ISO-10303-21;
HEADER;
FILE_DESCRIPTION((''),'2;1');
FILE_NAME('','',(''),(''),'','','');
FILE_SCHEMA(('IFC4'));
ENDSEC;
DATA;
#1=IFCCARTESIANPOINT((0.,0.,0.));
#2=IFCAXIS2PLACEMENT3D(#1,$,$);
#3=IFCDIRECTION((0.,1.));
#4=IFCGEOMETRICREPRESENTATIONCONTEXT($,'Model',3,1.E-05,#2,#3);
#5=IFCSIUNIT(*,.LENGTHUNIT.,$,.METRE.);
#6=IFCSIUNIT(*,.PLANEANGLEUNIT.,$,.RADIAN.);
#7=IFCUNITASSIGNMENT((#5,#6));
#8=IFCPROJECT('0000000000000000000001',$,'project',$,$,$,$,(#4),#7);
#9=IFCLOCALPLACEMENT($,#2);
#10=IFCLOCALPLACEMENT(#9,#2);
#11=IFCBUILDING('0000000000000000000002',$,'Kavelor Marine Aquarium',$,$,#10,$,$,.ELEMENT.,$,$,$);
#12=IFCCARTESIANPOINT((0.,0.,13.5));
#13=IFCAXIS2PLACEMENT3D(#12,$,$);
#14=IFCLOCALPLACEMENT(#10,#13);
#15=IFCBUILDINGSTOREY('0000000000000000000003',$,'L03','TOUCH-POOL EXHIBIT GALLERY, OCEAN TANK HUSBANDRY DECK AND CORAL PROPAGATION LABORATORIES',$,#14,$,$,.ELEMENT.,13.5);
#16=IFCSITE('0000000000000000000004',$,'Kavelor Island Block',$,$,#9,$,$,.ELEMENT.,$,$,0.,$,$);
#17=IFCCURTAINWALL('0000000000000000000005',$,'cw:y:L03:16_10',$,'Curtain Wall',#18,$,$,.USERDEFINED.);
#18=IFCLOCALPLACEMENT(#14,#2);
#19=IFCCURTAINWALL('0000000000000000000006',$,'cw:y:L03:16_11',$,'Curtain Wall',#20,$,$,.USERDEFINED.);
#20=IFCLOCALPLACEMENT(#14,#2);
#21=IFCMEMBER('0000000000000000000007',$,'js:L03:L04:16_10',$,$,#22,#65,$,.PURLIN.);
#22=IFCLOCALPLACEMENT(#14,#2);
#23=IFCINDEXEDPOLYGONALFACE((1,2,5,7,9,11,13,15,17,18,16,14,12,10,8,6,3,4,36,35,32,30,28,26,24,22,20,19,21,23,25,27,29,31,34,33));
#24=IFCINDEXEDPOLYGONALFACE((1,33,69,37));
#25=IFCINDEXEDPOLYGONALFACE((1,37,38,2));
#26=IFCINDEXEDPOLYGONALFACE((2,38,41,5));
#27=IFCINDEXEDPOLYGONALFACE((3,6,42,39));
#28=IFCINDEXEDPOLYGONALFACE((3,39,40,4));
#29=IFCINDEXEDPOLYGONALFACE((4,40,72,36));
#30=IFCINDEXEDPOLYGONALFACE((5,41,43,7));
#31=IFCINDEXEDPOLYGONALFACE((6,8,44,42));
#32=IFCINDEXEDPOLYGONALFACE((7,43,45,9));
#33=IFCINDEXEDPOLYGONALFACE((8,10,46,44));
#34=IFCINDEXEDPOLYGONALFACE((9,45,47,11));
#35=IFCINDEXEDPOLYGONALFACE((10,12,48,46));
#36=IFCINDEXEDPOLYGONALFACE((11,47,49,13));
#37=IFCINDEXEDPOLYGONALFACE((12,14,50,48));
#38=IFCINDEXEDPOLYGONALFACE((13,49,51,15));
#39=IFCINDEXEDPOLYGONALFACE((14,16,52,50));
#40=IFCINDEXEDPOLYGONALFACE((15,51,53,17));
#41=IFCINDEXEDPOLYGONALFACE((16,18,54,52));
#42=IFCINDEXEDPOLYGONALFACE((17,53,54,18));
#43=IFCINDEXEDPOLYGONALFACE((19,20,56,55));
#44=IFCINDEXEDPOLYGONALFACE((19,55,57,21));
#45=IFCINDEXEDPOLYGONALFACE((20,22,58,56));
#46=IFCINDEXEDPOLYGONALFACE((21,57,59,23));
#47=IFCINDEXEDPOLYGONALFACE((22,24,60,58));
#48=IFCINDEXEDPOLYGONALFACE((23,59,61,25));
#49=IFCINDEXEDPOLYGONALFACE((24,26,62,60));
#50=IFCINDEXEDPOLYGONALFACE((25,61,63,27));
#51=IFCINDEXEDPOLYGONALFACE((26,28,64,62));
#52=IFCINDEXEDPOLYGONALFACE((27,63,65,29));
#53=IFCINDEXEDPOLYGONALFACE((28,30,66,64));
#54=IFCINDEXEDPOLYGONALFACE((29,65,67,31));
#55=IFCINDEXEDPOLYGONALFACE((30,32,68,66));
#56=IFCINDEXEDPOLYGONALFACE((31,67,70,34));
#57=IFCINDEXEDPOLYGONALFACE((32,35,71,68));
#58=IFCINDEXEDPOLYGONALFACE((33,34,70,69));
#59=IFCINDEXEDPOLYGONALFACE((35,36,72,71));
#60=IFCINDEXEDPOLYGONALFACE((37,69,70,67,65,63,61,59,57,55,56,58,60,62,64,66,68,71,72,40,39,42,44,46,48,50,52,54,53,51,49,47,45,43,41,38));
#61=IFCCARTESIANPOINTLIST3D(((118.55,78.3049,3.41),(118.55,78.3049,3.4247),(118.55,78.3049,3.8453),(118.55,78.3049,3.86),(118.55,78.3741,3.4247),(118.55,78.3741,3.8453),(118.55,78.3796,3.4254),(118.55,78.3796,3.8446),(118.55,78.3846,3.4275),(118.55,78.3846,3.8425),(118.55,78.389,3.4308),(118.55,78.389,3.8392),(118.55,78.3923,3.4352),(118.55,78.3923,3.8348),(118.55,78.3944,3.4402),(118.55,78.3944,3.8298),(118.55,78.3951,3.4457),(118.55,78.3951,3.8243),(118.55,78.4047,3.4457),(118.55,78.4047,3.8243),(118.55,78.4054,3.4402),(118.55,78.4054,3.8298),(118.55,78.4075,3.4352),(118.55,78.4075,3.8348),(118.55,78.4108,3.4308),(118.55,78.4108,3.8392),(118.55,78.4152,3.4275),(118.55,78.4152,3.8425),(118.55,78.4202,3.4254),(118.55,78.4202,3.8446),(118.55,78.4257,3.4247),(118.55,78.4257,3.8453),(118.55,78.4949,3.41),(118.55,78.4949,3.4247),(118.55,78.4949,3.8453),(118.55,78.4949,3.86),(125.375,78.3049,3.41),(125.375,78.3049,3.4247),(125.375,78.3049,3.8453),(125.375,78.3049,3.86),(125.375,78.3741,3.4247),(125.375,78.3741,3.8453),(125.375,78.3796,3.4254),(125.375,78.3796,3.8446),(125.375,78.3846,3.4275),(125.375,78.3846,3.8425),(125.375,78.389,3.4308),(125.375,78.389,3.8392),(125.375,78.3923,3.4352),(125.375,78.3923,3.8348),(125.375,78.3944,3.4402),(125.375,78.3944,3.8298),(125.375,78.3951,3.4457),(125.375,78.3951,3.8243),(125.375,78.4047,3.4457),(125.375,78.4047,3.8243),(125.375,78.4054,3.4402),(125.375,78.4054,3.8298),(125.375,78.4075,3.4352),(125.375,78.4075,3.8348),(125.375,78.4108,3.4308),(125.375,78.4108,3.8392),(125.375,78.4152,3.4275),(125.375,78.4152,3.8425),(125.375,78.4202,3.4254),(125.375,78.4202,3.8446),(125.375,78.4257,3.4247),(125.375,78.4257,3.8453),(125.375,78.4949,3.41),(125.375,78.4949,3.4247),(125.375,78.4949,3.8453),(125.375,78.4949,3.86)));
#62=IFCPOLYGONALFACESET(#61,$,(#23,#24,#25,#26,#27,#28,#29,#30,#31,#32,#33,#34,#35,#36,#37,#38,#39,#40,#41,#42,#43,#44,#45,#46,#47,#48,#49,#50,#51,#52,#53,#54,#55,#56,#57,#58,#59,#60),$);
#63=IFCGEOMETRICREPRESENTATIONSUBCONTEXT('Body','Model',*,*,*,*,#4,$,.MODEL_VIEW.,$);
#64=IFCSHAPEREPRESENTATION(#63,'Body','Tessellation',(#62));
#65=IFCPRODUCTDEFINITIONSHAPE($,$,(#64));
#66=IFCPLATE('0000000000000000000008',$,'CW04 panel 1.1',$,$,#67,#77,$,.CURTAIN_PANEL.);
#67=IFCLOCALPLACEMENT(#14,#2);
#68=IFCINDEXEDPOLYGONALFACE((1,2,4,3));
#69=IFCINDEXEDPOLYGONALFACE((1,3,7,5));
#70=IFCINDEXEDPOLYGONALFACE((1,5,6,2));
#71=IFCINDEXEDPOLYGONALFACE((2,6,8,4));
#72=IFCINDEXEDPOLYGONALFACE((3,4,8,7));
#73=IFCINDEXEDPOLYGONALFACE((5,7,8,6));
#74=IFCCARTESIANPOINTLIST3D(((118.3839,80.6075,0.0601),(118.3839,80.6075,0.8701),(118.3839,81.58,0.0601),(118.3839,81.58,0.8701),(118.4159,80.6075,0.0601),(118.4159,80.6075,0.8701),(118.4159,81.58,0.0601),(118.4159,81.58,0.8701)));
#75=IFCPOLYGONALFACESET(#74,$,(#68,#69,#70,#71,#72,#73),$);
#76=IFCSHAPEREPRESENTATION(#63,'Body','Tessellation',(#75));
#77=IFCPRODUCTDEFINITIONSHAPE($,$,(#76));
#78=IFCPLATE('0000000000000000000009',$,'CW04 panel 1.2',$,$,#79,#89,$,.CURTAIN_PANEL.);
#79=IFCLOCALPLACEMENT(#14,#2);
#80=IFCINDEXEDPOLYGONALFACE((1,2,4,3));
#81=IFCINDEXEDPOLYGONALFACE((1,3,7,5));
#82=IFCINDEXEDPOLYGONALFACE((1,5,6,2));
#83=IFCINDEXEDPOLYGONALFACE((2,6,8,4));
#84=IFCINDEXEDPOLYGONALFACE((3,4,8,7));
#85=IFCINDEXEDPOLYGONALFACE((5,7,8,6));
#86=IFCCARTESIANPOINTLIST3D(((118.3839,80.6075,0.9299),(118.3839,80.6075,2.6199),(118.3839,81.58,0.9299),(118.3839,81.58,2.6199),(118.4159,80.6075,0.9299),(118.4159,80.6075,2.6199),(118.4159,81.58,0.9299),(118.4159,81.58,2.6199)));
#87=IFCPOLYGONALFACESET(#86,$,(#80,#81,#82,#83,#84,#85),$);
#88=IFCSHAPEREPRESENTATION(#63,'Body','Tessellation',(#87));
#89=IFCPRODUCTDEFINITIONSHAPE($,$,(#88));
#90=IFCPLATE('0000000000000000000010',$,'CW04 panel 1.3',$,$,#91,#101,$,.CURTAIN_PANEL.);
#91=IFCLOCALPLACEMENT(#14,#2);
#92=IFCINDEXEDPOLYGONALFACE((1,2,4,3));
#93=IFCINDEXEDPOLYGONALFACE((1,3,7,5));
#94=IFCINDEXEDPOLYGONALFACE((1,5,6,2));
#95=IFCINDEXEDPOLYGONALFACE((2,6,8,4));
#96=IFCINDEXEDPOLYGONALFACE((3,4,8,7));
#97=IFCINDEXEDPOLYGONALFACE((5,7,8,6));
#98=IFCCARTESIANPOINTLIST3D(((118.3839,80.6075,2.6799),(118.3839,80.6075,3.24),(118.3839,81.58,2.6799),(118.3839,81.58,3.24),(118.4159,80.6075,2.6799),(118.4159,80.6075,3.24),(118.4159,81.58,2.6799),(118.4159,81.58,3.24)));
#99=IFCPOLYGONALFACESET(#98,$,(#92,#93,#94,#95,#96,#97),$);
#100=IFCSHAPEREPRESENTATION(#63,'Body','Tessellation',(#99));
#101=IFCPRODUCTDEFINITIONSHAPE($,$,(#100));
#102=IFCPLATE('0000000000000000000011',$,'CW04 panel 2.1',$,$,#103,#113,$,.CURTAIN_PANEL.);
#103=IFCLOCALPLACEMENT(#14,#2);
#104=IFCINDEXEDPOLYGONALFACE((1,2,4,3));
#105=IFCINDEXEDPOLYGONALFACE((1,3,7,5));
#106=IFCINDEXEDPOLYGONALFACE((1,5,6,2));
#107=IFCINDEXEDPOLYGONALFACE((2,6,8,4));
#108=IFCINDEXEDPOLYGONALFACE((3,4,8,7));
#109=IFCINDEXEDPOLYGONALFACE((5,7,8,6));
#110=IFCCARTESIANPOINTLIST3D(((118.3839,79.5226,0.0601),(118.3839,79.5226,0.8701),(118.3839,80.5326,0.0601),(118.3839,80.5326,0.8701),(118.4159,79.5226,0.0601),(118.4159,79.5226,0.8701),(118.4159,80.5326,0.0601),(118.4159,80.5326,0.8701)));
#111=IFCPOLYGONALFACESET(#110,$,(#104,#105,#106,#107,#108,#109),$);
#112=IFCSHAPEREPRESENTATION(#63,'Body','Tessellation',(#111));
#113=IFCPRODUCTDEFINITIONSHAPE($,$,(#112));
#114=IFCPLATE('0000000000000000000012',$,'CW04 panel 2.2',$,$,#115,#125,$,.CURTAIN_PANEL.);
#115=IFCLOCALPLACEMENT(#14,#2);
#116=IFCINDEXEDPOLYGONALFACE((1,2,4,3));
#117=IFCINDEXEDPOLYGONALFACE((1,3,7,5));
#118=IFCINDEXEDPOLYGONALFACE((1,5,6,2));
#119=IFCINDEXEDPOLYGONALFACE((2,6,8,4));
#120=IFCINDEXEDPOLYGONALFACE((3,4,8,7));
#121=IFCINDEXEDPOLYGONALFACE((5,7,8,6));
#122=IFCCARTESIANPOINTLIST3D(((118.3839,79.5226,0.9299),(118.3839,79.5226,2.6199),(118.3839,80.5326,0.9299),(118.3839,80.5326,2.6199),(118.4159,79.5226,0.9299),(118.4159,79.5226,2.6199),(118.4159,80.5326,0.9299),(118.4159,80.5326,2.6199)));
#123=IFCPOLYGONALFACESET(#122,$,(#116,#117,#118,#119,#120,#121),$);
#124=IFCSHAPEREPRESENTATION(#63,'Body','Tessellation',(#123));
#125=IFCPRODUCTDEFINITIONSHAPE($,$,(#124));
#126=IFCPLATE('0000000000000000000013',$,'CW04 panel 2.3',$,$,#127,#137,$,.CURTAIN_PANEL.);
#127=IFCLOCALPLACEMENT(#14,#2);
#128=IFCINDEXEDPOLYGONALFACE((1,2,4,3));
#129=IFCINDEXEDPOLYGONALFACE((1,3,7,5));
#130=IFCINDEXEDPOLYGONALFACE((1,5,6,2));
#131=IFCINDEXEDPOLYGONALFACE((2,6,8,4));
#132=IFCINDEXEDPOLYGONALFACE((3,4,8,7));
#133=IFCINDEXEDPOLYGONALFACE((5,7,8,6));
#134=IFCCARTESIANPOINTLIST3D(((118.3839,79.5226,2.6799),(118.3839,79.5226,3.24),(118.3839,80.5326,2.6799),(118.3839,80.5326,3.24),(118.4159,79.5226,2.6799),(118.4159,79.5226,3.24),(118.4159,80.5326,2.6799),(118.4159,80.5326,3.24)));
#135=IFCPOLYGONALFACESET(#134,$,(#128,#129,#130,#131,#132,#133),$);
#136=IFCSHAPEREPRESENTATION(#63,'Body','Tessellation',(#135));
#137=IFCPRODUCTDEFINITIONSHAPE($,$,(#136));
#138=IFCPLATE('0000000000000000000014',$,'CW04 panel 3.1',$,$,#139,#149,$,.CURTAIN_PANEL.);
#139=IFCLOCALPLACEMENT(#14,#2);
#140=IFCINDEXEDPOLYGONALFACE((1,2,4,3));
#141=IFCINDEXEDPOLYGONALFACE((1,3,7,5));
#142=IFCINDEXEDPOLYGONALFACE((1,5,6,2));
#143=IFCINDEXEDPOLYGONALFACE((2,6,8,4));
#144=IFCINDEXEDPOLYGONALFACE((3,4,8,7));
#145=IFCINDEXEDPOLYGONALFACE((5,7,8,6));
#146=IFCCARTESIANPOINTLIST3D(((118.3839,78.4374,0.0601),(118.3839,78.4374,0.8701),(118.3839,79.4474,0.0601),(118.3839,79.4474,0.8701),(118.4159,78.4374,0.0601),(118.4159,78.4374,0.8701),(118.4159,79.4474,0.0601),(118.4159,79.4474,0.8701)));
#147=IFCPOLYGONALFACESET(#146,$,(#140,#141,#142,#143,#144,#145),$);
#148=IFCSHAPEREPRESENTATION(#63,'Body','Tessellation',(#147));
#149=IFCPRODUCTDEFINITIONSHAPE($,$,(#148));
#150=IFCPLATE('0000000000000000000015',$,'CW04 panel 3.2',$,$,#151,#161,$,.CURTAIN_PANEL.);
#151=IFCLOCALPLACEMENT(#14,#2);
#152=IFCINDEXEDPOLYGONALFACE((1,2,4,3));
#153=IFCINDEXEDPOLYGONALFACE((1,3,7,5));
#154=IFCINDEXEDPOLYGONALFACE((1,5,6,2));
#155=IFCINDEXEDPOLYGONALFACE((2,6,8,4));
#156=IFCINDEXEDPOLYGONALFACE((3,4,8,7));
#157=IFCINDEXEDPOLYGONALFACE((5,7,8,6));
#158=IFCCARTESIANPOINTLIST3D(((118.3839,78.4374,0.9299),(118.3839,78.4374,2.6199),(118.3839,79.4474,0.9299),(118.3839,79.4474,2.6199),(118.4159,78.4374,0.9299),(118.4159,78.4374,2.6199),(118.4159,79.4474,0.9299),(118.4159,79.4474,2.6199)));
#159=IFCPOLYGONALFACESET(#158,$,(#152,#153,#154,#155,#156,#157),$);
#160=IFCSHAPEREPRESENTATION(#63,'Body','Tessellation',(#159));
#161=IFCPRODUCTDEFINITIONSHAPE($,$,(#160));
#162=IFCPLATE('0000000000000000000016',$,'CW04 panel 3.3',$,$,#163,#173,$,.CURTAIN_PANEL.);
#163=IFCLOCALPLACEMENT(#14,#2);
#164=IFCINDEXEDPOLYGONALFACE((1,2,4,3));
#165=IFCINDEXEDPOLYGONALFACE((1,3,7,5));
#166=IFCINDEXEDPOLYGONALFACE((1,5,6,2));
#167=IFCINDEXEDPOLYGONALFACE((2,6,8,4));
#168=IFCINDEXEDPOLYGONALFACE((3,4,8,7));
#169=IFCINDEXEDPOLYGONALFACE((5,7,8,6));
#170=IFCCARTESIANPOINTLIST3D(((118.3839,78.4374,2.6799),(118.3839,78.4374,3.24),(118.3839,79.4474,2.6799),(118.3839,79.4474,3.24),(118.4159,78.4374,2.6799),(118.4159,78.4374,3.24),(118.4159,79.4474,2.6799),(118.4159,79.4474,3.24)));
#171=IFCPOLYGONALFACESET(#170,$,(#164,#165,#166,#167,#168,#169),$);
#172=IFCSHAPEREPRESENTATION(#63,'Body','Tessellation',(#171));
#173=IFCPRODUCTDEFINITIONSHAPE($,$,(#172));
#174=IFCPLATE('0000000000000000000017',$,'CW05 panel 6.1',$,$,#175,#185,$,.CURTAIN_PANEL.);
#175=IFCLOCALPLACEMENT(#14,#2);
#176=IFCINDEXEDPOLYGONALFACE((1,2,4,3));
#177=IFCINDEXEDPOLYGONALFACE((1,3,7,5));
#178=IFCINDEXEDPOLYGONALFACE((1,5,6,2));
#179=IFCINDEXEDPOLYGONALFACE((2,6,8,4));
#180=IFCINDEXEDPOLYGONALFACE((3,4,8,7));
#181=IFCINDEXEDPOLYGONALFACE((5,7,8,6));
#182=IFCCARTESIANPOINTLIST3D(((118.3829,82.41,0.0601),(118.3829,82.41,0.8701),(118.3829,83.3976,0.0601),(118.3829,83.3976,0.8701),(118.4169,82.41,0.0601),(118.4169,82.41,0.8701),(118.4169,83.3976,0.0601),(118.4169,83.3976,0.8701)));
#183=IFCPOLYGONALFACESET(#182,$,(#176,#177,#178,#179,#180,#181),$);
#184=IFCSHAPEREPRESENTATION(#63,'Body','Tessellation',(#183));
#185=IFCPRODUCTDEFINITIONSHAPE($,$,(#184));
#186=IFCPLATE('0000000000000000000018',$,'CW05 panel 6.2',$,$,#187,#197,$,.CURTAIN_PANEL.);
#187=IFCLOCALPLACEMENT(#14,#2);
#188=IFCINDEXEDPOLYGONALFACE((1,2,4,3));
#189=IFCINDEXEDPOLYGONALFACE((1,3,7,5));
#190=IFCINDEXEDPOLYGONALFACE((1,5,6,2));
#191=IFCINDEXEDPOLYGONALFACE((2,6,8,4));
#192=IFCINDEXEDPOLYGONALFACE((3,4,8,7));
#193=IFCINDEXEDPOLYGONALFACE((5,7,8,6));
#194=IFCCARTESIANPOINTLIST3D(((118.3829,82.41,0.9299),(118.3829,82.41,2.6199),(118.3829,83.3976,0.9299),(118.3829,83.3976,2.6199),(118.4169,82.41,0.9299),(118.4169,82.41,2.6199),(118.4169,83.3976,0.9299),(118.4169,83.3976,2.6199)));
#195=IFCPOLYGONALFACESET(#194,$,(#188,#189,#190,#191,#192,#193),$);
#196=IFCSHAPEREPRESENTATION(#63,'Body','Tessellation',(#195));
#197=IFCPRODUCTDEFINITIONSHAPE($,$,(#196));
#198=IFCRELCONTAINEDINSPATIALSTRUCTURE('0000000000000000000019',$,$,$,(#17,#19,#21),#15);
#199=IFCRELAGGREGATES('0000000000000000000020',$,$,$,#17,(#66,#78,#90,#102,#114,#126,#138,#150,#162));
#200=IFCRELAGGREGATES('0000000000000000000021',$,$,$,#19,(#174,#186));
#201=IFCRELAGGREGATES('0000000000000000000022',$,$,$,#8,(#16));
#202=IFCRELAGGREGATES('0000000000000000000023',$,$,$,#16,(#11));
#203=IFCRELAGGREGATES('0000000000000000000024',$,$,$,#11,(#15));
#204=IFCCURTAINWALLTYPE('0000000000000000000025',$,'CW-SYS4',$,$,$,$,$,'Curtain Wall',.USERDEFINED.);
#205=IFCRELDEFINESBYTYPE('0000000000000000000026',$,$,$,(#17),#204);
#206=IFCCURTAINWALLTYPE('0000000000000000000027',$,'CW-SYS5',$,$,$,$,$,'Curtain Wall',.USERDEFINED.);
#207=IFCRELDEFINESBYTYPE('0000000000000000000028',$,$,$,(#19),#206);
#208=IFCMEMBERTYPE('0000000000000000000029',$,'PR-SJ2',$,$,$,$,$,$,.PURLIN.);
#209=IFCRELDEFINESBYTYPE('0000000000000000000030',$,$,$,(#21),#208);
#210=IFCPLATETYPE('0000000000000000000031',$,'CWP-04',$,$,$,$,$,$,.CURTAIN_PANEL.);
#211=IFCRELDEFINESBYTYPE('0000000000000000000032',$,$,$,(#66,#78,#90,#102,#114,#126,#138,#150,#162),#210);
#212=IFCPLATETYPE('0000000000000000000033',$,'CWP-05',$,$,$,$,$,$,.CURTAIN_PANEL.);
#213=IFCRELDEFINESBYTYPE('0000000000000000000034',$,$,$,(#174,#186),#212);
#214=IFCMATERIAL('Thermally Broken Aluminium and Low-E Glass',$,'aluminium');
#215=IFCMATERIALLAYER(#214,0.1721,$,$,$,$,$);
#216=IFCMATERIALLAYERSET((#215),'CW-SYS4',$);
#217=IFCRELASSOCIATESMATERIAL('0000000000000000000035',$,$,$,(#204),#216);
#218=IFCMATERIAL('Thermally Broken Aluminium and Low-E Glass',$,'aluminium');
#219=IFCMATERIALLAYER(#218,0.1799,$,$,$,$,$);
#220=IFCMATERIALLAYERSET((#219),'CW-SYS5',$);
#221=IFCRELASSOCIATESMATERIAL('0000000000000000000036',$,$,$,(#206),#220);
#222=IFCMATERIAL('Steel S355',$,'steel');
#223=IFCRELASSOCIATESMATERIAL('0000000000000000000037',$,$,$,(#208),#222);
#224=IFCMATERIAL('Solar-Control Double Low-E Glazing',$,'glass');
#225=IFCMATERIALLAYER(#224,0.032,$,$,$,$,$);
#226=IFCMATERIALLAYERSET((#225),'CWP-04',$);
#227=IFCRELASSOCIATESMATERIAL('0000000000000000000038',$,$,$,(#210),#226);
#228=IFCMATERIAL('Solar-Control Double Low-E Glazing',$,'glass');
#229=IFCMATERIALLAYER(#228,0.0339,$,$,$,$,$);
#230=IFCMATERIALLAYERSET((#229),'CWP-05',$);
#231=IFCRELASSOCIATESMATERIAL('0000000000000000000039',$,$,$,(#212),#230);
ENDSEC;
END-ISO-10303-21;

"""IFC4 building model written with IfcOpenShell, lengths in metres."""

from ifc_helpers import new_model, si_unit, direction, frame, origin, origin_2d, place, context, subcontext, project, spatial, rectangle, i_section, extrude, material, layer, layer_set, material_profile, profile_set, type_object, element, aggregate, save


model = new_model("IFC4")

# Units and contexts
model_context = context("Model", 3, precision=1e-05, world=origin(), true_north=direction((0.0, 1.0)))
body_context = subcontext(model_context, "Body", "Model", "MODEL_VIEW")
ifc_project = project(units=[si_unit("LENGTHUNIT", "METRE"), si_unit("PLANEANGLEUNIT", "RADIAN")], contexts=[model_context])

# Site, building, storey
site_placement = place(None, origin())
site = spatial("IfcSite", under=ifc_project, at=site_placement, Name="Kavelor Island Block", CompositionType="ELEMENT", RefElevation=0.0)
building_placement = place(site_placement, origin())
building = spatial("IfcBuilding", under=site, at=building_placement, Name="Kavelor Marine Aquarium", CompositionType="ELEMENT")
storey_placement = place(building_placement, frame((0.0, 0.0, 13.5)))
storey = spatial("IfcBuildingStorey", under=building, at=storey_placement, Name="L03", Description="TOUCH-POOL EXHIBIT GALLERY, OCEAN TANK HUSBANDRY DECK AND CORAL PROPAGATION LABORATORIES", CompositionType="ELEMENT", Elevation=13.5)

# Curtain wall
ifc_material_1 = material(Name="Thermally Broken Aluminium and Low-E Glass", Category="aluminium")
ifc_layer_1 = layer(ifc_material_1, 0.1721)
ifc_layer_set_1 = layer_set([ifc_layer_1], Name="CW-SYS4")
curtain_wall_type_1 = type_object("IfcCurtainWallType", Name="CW-SYS4", ElementType="Curtain Wall", PredefinedType="USERDEFINED", material=ifc_layer_set_1)
curtain_wall_1_placement = place(storey_placement, origin())
curtain_wall_1 = element("IfcCurtainWall", 1, at=curtain_wall_1_placement, inside=storey, type_object=curtain_wall_type_1, Name="cw:y:L03:16_10", ObjectType="Curtain Wall", PredefinedType="USERDEFINED")

# Curtain wall
ifc_material_2 = material(Name="Thermally Broken Aluminium and Low-E Glass", Category="aluminium")
ifc_layer_2 = layer(ifc_material_2, 0.1799)
ifc_layer_set_2 = layer_set([ifc_layer_2], Name="CW-SYS5")
curtain_wall_type_2 = type_object("IfcCurtainWallType", Name="CW-SYS5", ElementType="Curtain Wall", PredefinedType="USERDEFINED", material=ifc_layer_set_2)
curtain_wall_2_placement = place(storey_placement, origin())
curtain_wall_2 = element("IfcCurtainWall", 2, at=curtain_wall_2_placement, inside=storey, type_object=curtain_wall_type_2, Name="cw:y:L03:16_11", ObjectType="Curtain Wall", PredefinedType="USERDEFINED")

# Member
ifc_material_3 = material(Name="Steel S355", Category="steel")
ifc_material_profile_1 = material_profile(ifc_material_3, i_section(OverallWidth=0.1899, OverallDepth=0.45, WebThickness=0.0095, FlangeThickness=0.0146, FilletRadius=0.021, at=origin_2d()), Name="IPE 450")
ifc_profile_set_1 = profile_set([ifc_material_profile_1], Name="Steel S355")
member_type_1 = type_object("IfcMemberType", Name="PR-SJ2", PredefinedType="PURLIN", material=ifc_profile_set_1)
member_1_placement = place(storey_placement, frame((118.55, 78.3999, 3.635), z_axis=(1.0, 0.0, 0.0), x_axis=(0.0, 1.0, 0.0)))
element("IfcMember", 3, at=member_1_placement, inside=storey, type_object=member_type_1, Name="js:L03:L04:16_10", PredefinedType="PURLIN", context=body_context, shape_type="SweptSolid", body=[
    extrude(i_section(OverallWidth=0.1899, OverallDepth=0.45, WebThickness=0.0095, FlangeThickness=0.0146, FilletRadius=0.021, at=origin_2d()), origin(), (0.0, 0.0, 1.0), 6.825),
])

# Plates
ifc_material_4 = material(Name="Solar-Control Double Low-E Glazing", Category="glass")
ifc_layer_3 = layer(ifc_material_4, 0.032)
ifc_layer_set_3 = layer_set([ifc_layer_3], Name="CWP-04")
plate_type_1 = type_object("IfcPlateType", Name="CWP-04", PredefinedType="CURTAIN_PANEL", material=ifc_layer_set_3)
plate_1_placement = place(storey_placement, frame((118.3999, 81.0938, 0.0601), z_axis=(0.0, 0.0, 1.0), x_axis=(0.0, -1.0, 0.0)))
plate_1 = element("IfcPlate", 4, at=plate_1_placement, type_object=plate_type_1, Name="CW04 panel 1.1", PredefinedType="CURTAIN_PANEL", context=body_context, shape_type="SweptSolid", body=[
    extrude(rectangle(XDim=0.9724, YDim=0.032, at=origin_2d()), origin(), (0.0, 0.0, 1.0), 0.8101),
])
plate_2_placement = place(storey_placement, frame((118.3999, 81.0938, 0.9299), z_axis=(0.0, 0.0, 1.0), x_axis=(0.0, -1.0, 0.0)))
plate_2 = element("IfcPlate", 5, at=plate_2_placement, type_object=plate_type_1, Name="CW04 panel 1.2", PredefinedType="CURTAIN_PANEL", context=body_context, shape_type="SweptSolid", body=[
    extrude(rectangle(XDim=0.9724, YDim=0.032, at=origin_2d()), origin(), (0.0, 0.0, 1.0), 1.6899),
])
plate_3_placement = place(storey_placement, frame((118.3999, 81.0938, 2.6799), z_axis=(0.0, 0.0, 1.0), x_axis=(0.0, -1.0, 0.0)))
plate_3 = element("IfcPlate", 6, at=plate_3_placement, type_object=plate_type_1, Name="CW04 panel 1.3", PredefinedType="CURTAIN_PANEL", context=body_context, shape_type="SweptSolid", body=[
    extrude(rectangle(XDim=0.9724, YDim=0.032, at=origin_2d()), origin(), (0.0, 0.0, 1.0), 0.5601),
])
plate_4_placement = place(storey_placement, frame((118.3999, 80.0276, 0.0601), z_axis=(0.0, 0.0, 1.0), x_axis=(0.0, -1.0, 0.0)))
plate_4 = element("IfcPlate", 7, at=plate_4_placement, type_object=plate_type_1, Name="CW04 panel 2.1", PredefinedType="CURTAIN_PANEL", context=body_context, shape_type="SweptSolid", body=[
    extrude(rectangle(XDim=1.01, YDim=0.032, at=origin_2d()), origin(), (0.0, 0.0, 1.0), 0.8101),
])
plate_5_placement = place(storey_placement, frame((118.3999, 80.0276, 0.9299), z_axis=(0.0, 0.0, 1.0), x_axis=(0.0, -1.0, 0.0)))
plate_5 = element("IfcPlate", 8, at=plate_5_placement, type_object=plate_type_1, Name="CW04 panel 2.2", PredefinedType="CURTAIN_PANEL", context=body_context, shape_type="SweptSolid", body=[
    extrude(rectangle(XDim=1.01, YDim=0.032, at=origin_2d()), origin(), (0.0, 0.0, 1.0), 1.6899),
])
plate_6_placement = place(storey_placement, frame((118.3999, 80.0276, 2.6799), z_axis=(0.0, 0.0, 1.0), x_axis=(0.0, -1.0, 0.0)))
plate_6 = element("IfcPlate", 9, at=plate_6_placement, type_object=plate_type_1, Name="CW04 panel 2.3", PredefinedType="CURTAIN_PANEL", context=body_context, shape_type="SweptSolid", body=[
    extrude(rectangle(XDim=1.01, YDim=0.032, at=origin_2d()), origin(), (0.0, 0.0, 1.0), 0.5601),
])
plate_7_placement = place(storey_placement, frame((118.3999, 78.9424, 0.0601), z_axis=(0.0, 0.0, 1.0), x_axis=(0.0, -1.0, 0.0)))
plate_7 = element("IfcPlate", 10, at=plate_7_placement, type_object=plate_type_1, Name="CW04 panel 3.1", PredefinedType="CURTAIN_PANEL", context=body_context, shape_type="SweptSolid", body=[
    extrude(rectangle(XDim=1.01, YDim=0.032, at=origin_2d()), origin(), (0.0, 0.0, 1.0), 0.8101),
])
plate_8_placement = place(storey_placement, frame((118.3999, 78.9424, 0.9299), z_axis=(0.0, 0.0, 1.0), x_axis=(0.0, -1.0, 0.0)))
plate_8 = element("IfcPlate", 11, at=plate_8_placement, type_object=plate_type_1, Name="CW04 panel 3.2", PredefinedType="CURTAIN_PANEL", context=body_context, shape_type="SweptSolid", body=[
    extrude(rectangle(XDim=1.01, YDim=0.032, at=origin_2d()), origin(), (0.0, 0.0, 1.0), 1.6899),
])
plate_9_placement = place(storey_placement, frame((118.3999, 78.9424, 2.6799), z_axis=(0.0, 0.0, 1.0), x_axis=(0.0, -1.0, 0.0)))
plate_9 = element("IfcPlate", 12, at=plate_9_placement, type_object=plate_type_1, Name="CW04 panel 3.3", PredefinedType="CURTAIN_PANEL", context=body_context, shape_type="SweptSolid", body=[
    extrude(rectangle(XDim=1.01, YDim=0.032, at=origin_2d()), origin(), (0.0, 0.0, 1.0), 0.5601),
])
aggregate(curtain_wall_1, [plate_1, plate_2, plate_3, plate_4, plate_5, plate_6, plate_7, plate_8, plate_9])
ifc_material_5 = material(Name="Solar-Control Double Low-E Glazing", Category="glass")
ifc_layer_4 = layer(ifc_material_5, 0.0339)
ifc_layer_set_4 = layer_set([ifc_layer_4], Name="CWP-05")
plate_type_2 = type_object("IfcPlateType", Name="CWP-05", PredefinedType="CURTAIN_PANEL", material=ifc_layer_set_4)
plate_10_placement = place(storey_placement, frame((118.3999, 82.9038, 0.0601), z_axis=(0.0, 0.0, 1.0), x_axis=(0.0, -1.0, 0.0)))
plate_10 = element("IfcPlate", 13, at=plate_10_placement, type_object=plate_type_2, Name="CW05 panel 6.1", PredefinedType="CURTAIN_PANEL", context=body_context, shape_type="SweptSolid", body=[
    extrude(rectangle(XDim=0.9875, YDim=0.0339, at=origin_2d()), origin(), (0.0, 0.0, 1.0), 0.8101),
])
plate_11_placement = place(storey_placement, frame((118.3999, 82.9038, 0.9299), z_axis=(0.0, 0.0, 1.0), x_axis=(0.0, -1.0, 0.0)))
plate_11 = element("IfcPlate", 14, at=plate_11_placement, type_object=plate_type_2, Name="CW05 panel 6.2", PredefinedType="CURTAIN_PANEL", context=body_context, shape_type="SweptSolid", body=[
    extrude(rectangle(XDim=0.9875, YDim=0.0339, at=origin_2d()), origin(), (0.0, 0.0, 1.0), 1.6899),
])
aggregate(curtain_wall_2, [plate_10, plate_11])

save(model, "model.ifc")
